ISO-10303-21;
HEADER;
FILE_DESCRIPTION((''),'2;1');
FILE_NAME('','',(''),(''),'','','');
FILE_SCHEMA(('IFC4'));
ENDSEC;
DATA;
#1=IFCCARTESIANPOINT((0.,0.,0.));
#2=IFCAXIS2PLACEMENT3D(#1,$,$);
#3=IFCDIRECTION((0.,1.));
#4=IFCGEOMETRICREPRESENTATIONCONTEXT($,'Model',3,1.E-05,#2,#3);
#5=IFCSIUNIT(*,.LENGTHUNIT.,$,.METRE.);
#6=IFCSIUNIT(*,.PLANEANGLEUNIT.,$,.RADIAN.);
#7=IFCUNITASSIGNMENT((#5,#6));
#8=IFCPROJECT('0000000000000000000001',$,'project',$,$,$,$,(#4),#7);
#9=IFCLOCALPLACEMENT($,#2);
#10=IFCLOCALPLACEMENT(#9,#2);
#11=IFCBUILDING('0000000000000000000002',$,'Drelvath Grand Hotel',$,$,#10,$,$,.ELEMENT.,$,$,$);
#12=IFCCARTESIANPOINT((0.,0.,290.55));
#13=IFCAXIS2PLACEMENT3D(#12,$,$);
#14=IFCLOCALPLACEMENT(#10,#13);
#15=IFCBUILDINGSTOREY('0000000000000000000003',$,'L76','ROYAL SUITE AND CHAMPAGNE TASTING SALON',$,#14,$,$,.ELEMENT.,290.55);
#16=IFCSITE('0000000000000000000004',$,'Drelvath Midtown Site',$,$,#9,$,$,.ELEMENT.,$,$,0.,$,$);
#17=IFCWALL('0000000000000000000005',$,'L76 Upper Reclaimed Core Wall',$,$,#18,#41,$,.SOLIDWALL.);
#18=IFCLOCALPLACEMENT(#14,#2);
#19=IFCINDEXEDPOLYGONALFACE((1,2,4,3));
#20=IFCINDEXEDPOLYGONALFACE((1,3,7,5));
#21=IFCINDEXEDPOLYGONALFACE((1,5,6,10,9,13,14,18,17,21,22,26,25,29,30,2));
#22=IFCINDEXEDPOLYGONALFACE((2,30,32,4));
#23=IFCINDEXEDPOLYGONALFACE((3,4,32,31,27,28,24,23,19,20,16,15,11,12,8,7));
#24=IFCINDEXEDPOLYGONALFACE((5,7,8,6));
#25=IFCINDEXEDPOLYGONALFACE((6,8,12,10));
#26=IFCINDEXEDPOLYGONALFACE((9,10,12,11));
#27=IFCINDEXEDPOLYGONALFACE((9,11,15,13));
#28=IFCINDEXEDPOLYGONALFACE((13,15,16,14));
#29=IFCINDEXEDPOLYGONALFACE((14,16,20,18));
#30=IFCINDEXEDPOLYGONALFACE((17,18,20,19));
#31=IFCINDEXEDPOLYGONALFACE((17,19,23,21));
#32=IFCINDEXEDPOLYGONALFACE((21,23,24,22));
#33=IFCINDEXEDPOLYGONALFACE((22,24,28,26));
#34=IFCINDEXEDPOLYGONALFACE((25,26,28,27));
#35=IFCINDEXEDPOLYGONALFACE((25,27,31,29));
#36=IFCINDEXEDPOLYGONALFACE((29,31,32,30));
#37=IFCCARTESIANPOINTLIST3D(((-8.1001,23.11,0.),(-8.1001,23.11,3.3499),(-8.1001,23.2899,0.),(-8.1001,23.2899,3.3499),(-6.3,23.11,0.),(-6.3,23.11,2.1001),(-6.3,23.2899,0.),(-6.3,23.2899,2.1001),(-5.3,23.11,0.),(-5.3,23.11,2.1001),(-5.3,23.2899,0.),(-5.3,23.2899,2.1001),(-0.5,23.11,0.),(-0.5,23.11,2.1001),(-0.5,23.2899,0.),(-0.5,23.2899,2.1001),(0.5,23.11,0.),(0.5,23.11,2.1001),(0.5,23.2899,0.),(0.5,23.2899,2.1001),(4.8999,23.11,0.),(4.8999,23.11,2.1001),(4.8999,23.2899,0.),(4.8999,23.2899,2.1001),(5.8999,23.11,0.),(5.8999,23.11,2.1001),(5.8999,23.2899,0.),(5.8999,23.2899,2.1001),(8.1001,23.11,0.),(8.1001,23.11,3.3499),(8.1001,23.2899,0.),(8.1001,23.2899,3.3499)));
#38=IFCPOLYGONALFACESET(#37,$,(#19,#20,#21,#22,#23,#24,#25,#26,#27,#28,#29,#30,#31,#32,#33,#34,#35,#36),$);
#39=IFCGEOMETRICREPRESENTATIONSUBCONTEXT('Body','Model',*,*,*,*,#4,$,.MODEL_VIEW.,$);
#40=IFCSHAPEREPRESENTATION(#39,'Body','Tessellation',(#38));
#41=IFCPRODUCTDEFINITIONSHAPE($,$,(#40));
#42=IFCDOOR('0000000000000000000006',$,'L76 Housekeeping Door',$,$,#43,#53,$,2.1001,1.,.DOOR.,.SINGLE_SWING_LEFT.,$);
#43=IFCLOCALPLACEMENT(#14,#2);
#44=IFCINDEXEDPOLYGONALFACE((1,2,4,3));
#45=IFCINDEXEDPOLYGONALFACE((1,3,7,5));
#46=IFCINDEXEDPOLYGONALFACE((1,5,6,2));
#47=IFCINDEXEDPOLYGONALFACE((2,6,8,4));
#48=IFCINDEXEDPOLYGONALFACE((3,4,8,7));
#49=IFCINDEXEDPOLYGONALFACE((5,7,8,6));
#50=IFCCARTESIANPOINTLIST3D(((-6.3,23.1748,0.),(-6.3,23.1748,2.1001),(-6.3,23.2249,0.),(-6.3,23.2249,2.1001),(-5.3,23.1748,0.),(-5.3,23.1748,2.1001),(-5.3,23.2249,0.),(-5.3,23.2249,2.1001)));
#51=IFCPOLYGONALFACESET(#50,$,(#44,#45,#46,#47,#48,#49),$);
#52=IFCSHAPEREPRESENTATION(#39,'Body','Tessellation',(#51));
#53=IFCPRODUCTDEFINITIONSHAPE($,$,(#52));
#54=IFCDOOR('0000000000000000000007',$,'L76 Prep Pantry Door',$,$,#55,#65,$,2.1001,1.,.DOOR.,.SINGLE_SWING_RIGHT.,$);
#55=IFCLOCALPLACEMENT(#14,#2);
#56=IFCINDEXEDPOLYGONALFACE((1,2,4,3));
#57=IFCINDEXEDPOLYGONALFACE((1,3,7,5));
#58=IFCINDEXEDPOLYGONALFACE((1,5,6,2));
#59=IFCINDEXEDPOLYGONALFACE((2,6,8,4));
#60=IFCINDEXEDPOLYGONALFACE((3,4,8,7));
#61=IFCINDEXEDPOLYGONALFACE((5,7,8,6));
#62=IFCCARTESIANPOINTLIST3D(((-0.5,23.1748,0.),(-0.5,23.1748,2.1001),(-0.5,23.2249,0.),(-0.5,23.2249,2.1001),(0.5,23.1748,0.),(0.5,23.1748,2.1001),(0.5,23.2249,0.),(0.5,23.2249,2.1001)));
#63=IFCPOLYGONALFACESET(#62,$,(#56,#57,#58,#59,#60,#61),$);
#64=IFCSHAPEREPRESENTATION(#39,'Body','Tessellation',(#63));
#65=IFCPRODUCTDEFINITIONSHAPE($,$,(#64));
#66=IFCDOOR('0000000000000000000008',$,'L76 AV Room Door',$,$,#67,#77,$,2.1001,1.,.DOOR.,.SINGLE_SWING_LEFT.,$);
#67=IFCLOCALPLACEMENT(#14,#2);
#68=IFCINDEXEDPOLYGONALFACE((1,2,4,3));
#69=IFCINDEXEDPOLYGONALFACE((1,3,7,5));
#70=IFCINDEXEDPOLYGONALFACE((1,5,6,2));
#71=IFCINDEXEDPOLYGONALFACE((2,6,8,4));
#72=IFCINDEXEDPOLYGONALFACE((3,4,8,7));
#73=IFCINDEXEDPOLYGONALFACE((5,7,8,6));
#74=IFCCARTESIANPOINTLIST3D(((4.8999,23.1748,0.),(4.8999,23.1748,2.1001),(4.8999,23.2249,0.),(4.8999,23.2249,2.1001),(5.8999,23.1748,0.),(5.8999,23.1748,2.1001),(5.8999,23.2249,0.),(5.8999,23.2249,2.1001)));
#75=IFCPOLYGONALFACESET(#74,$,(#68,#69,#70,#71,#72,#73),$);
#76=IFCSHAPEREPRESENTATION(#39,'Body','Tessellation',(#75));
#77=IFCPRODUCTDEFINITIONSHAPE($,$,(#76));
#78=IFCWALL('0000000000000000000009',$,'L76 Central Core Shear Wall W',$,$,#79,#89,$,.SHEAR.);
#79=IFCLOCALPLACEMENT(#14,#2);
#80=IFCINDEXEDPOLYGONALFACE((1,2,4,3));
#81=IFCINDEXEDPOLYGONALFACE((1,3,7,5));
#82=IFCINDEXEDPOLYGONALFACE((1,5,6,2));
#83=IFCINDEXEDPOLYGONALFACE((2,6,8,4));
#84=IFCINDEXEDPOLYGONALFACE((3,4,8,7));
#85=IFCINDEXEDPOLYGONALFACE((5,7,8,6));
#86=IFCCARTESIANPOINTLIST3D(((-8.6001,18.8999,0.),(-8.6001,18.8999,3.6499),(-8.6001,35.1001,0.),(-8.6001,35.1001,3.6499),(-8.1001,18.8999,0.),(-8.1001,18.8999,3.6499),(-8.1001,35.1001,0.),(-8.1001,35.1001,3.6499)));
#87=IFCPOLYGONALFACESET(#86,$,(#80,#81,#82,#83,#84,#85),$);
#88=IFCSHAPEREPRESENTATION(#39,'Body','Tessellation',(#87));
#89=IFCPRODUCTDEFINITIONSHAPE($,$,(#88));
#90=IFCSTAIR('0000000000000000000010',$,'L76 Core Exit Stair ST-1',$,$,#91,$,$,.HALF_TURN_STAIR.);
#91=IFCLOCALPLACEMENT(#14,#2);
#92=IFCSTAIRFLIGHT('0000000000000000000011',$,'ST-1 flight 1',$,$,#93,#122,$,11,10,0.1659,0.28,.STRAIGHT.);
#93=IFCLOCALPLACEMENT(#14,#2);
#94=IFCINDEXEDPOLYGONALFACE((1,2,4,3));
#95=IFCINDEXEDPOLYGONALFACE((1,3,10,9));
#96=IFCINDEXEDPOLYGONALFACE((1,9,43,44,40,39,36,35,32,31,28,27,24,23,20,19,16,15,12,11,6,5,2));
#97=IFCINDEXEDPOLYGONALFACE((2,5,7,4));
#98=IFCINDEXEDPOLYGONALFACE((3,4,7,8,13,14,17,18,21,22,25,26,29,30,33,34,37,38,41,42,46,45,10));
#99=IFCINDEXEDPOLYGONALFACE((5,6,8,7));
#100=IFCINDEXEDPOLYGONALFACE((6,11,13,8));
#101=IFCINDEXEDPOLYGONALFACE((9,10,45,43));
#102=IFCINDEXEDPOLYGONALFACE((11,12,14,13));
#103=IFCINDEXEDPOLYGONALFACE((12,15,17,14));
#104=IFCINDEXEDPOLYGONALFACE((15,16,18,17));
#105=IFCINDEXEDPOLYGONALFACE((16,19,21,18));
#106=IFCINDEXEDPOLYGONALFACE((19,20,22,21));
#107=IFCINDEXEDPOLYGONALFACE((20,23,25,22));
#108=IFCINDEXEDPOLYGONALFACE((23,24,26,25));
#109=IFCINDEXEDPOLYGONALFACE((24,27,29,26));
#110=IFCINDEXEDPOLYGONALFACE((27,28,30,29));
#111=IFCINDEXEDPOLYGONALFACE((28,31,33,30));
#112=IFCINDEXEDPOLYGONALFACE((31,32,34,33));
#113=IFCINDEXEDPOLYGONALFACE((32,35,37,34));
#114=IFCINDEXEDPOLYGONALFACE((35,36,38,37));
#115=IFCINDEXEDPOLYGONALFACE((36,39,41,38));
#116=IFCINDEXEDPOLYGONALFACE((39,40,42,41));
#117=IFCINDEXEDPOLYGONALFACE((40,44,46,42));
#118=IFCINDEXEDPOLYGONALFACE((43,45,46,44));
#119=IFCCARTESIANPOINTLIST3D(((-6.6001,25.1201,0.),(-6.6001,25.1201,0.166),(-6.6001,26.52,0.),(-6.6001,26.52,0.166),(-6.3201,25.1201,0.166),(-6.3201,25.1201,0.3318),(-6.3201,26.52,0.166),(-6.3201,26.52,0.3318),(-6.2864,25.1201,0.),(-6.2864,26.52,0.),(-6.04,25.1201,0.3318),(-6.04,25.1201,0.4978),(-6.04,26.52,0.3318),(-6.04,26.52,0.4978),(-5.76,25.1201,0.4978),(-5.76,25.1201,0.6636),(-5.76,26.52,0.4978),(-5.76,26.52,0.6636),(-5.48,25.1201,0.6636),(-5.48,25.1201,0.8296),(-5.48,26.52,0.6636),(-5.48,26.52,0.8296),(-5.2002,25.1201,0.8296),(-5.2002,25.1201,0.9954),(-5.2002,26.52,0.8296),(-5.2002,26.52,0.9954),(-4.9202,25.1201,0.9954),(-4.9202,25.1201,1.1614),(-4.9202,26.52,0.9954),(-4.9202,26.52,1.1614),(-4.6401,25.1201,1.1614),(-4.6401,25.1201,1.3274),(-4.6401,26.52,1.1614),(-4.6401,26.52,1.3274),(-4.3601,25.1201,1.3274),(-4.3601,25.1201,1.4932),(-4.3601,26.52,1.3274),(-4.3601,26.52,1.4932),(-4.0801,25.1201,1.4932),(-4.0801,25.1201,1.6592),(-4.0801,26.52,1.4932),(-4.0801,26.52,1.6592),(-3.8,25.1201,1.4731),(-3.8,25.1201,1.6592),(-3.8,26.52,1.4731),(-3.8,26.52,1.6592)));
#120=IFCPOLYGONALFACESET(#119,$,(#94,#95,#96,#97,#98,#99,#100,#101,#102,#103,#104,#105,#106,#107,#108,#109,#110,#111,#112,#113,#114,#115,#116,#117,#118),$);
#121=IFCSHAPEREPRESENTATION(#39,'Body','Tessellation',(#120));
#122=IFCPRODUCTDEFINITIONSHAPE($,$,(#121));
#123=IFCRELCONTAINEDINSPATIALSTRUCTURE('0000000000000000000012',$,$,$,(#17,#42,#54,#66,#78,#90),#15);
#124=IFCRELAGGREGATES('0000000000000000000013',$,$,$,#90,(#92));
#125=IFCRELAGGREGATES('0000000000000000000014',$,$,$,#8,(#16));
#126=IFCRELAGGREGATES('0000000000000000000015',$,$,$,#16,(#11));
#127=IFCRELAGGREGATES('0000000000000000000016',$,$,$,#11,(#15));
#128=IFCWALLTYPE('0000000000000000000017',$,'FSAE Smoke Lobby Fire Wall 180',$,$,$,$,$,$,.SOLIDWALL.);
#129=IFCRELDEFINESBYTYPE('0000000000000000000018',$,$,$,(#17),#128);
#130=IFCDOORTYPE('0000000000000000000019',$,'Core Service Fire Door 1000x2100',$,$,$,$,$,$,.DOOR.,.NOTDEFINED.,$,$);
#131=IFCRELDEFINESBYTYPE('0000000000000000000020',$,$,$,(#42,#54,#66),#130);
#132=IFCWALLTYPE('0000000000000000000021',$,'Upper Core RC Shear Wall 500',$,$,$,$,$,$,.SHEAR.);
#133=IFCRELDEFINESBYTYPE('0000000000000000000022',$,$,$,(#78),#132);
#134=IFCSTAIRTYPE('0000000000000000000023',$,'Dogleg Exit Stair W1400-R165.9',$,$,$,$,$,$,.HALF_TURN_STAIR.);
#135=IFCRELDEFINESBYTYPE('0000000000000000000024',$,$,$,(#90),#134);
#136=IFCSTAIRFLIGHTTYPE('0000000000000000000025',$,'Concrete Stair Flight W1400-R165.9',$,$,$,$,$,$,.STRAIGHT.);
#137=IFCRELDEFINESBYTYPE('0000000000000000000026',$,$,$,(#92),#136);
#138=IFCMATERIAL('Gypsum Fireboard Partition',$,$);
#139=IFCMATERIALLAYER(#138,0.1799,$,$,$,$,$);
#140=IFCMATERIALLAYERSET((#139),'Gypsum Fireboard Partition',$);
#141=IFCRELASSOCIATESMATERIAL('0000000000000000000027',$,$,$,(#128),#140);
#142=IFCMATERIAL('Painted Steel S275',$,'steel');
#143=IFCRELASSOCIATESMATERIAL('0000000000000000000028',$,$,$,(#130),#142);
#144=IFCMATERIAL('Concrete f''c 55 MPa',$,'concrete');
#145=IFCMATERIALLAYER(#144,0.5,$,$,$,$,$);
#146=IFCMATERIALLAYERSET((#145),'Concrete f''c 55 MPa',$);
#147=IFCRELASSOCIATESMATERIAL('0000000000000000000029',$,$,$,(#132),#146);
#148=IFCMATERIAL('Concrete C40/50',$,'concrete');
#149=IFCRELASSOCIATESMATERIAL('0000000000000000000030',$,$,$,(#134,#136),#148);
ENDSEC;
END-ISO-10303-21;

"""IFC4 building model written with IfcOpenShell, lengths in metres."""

from ifc_helpers import new_model, si_unit, direction, frame, frame_2d, origin, place, context, subcontext, project, spatial, polyline, rectangle, outline, extrude, material, layer, layer_set, type_object, element, fill, aggregate, save


model = new_model("IFC4")

# Units and contexts
model_context = context("Model", 3, precision=1e-05, world=origin(), true_north=direction((0.0, 1.0)))
body_context = subcontext(model_context, "Body", "Model", "MODEL_VIEW")
ifc_project = project(units=[si_unit("LENGTHUNIT", "METRE"), si_unit("PLANEANGLEUNIT", "RADIAN")], contexts=[model_context])

# Site, building, storey
site_placement = place(None, origin())
site = spatial("IfcSite", under=ifc_project, at=site_placement, Name="Drelvath Midtown Site", CompositionType="ELEMENT", RefElevation=0.0)
building_placement = place(site_placement, origin())
building = spatial("IfcBuilding", under=site, at=building_placement, Name="Drelvath Grand Hotel", CompositionType="ELEMENT")
storey_placement = place(building_placement, frame((0.0, 0.0, 290.55)))
storey = spatial("IfcBuildingStorey", under=building, at=storey_placement, Name="L76", Description="ROYAL SUITE AND CHAMPAGNE TASTING SALON", CompositionType="ELEMENT", Elevation=290.55)

# Shared definitions
ifc_material_1 = material(Name="Concrete f'c 55 MPa", Category="concrete")

# Shared definitions
ifc_material_2 = material(Name="Concrete C40/50", Category="concrete")
ifc_material_3 = material(Name="Painted Steel S275", Category="steel")
ifc_material_4 = material(Name="Gypsum Fireboard Partition")

# Wall, openings, doors
ifc_layer_1 = layer(ifc_material_4, 0.1799)
ifc_layer_set_1 = layer_set([ifc_layer_1], Name="Gypsum Fireboard Partition")
wall_type_1 = type_object("IfcWallType", Name="FSAE Smoke Lobby Fire Wall 180", PredefinedType="SOLIDWALL", material=ifc_layer_set_1)
wall_1_placement = place(storey_placement, frame((-8.1001, 23.2, 0.0), z_axis=(0.0, 0.0, 1.0), x_axis=(1.0, 0.0, 0.0)))
wall_1 = element("IfcWall", 1, at=wall_1_placement, inside=storey, type_object=wall_type_1, Name="L76 Upper Reclaimed Core Wall", PredefinedType="SOLIDWALL", context=body_context, shape_type="SweptSolid", body=[
    extrude(rectangle(XDim=16.2002, YDim=0.1799, at=frame_2d((8.1001, 0.0))), origin(), (0.0, 0.0, 1.0), 3.3499),
])
opening_1_placement = place(wall_1_placement, frame((1.8, 0.0, 0.0)))
opening_1 = element("IfcOpeningElement", 2, at=opening_1_placement, cuts=wall_1, PredefinedType="OPENING", context=body_context, shape_type="SweptSolid", body=[
    extrude(rectangle(XDim=1.0, YDim=2.1001, at=frame_2d((0.5, 1.05))), frame((0.0, 0.0999, 0.0), z_axis=(0.0, -1.0, 0.0), x_axis=(1.0, 0.0, 0.0)), (0.0, 0.0, 1.0), 0.2),
])
opening_2_placement = place(wall_1_placement, frame((7.6001, 0.0, 0.0)))
opening_2 = element("IfcOpeningElement", 3, at=opening_2_placement, cuts=wall_1, PredefinedType="OPENING", context=body_context, shape_type="SweptSolid", body=[
    extrude(rectangle(XDim=1.0, YDim=2.1001, at=frame_2d((0.5, 1.05))), frame((0.0, 0.0999, 0.0), z_axis=(0.0, -1.0, 0.0), x_axis=(1.0, 0.0, 0.0)), (0.0, 0.0, 1.0), 0.2),
])
opening_3_placement = place(wall_1_placement, frame((13.0, 0.0, 0.0)))
opening_3 = element("IfcOpeningElement", 4, at=opening_3_placement, cuts=wall_1, PredefinedType="OPENING", context=body_context, shape_type="SweptSolid", body=[
    extrude(rectangle(XDim=1.0, YDim=2.1001, at=frame_2d((0.5, 1.05))), frame((0.0, 0.0999, 0.0), z_axis=(0.0, -1.0, 0.0), x_axis=(1.0, 0.0, 0.0)), (0.0, 0.0, 1.0), 0.2),
])
door_type_1 = type_object("IfcDoorType", Name="Core Service Fire Door 1000x2100", OperationType="NOTDEFINED", PredefinedType="DOOR", material=ifc_material_3)
door_1_placement = place(opening_1_placement, origin())
door_1 = element("IfcDoor", 5, at=door_1_placement, inside=storey, type_object=door_type_1, Name="L76 Housekeeping Door", OperationType="SINGLE_SWING_LEFT", OverallHeight=2.1001, OverallWidth=1.0, PredefinedType="DOOR", context=body_context, shape_type="SweptSolid", body=[
    extrude(rectangle(XDim=1.0, YDim=2.1001, at=frame_2d((0.5, 1.05))), frame((0.0, 0.0249, 0.0), z_axis=(0.0, -1.0, 0.0), x_axis=(1.0, 0.0, 0.0)), (0.0, 0.0, 1.0), 0.05),
])
fill(opening_1, door_1)
door_2_placement = place(opening_2_placement, origin())
door_2 = element("IfcDoor", 6, at=door_2_placement, inside=storey, type_object=door_type_1, Name="L76 Prep Pantry Door", OperationType="SINGLE_SWING_RIGHT", OverallHeight=2.1001, OverallWidth=1.0, PredefinedType="DOOR", context=body_context, shape_type="SweptSolid", body=[
    extrude(rectangle(XDim=1.0, YDim=2.1001, at=frame_2d((0.5, 1.05))), frame((0.0, 0.0249, 0.0), z_axis=(0.0, -1.0, 0.0), x_axis=(1.0, 0.0, 0.0)), (0.0, 0.0, 1.0), 0.05),
])
fill(opening_2, door_2)
door_3_placement = place(opening_3_placement, origin())
door_3 = element("IfcDoor", 7, at=door_3_placement, inside=storey, type_object=door_type_1, Name="L76 AV Room Door", OperationType="SINGLE_SWING_LEFT", OverallHeight=2.1001, OverallWidth=1.0, PredefinedType="DOOR", context=body_context, shape_type="SweptSolid", body=[
    extrude(rectangle(XDim=1.0, YDim=2.1001, at=frame_2d((0.5, 1.05))), frame((0.0, 0.0249, 0.0), z_axis=(0.0, -1.0, 0.0), x_axis=(1.0, 0.0, 0.0)), (0.0, 0.0, 1.0), 0.05),
])
fill(opening_3, door_3)

# Wall
ifc_layer_2 = layer(ifc_material_1, 0.5)
ifc_layer_set_2 = layer_set([ifc_layer_2], Name="Concrete f'c 55 MPa")
wall_type_2 = type_object("IfcWallType", Name="Upper Core RC Shear Wall 500", PredefinedType="SHEAR", material=ifc_layer_set_2)
wall_2_placement = place(storey_placement, frame((-8.3501, 18.8999, 0.0), z_axis=(0.0, 0.0, 1.0), x_axis=(0.0, 1.0, 0.0)))
element("IfcWall", 8, at=wall_2_placement, inside=storey, type_object=wall_type_2, Name="L76 Central Core Shear Wall W", PredefinedType="SHEAR", context=body_context, shape_type="SweptSolid", body=[
    extrude(rectangle(XDim=16.2002, YDim=0.5, at=frame_2d((8.1001, 0.0))), origin(), (0.0, 0.0, 1.0), 3.6499),
])

# Stair, stair flight
stair_type = type_object("IfcStairType", Name="Dogleg Exit Stair W1400-R165.9", PredefinedType="HALF_TURN_STAIR", material=ifc_material_2)
stair_placement = place(storey_placement, origin())
stair = element("IfcStair", 9, at=stair_placement, inside=storey, type_object=stair_type, Name="L76 Core Exit Stair ST-1", PredefinedType="HALF_TURN_STAIR")
stair_flight_type = type_object("IfcStairFlightType", Name="Concrete Stair Flight W1400-R165.9", PredefinedType="STRAIGHT", material=ifc_material_2)
stair_flight_placement = place(storey_placement, frame((-6.6001, 25.8201, 0.0), z_axis=(0.0, 0.0, 1.0), x_axis=(1.0, 0.0, 0.0)))
stair_flight = element("IfcStairFlight", 10, at=stair_flight_placement, type_object=stair_flight_type, Name="ST-1 flight 1", NumberOfRisers=11, NumberOfTreads=10, PredefinedType="STRAIGHT", RiserHeight=0.1659, TreadLength=0.28, context=body_context, shape_type="SweptSolid", body=[
    extrude(outline(polyline([(0.0, 0.0), (0.0, 0.166), (0.28, 0.166), (0.28, 0.3318), (0.5601, 0.3318), (0.5601, 0.4978), (0.8401, 0.4978), (0.8401, 0.6636), (1.1201, 0.6636), (1.1201, 0.8296), (1.3999, 0.8296), (1.3999, 0.9954), (1.6799, 0.9954), (1.6799, 1.1614), (1.96, 1.1614), (1.96, 1.3274), (2.24, 1.3274), (2.24, 1.4932), (2.52, 1.4932), (2.52, 1.6592), (2.8, 1.6592), (2.8, 1.825), (2.8, 1.4731), (0.3137, 0.0), (0.0, 0.0)])), frame((0.0, 0.7, 0.0), z_axis=(0.0, -1.0, 0.0), x_axis=(1.0, 0.0, 0.0)), (0.0, 0.0, 1.0), 1.3999),
])
aggregate(stair, [stair_flight])

save(model, "model.ifc")
